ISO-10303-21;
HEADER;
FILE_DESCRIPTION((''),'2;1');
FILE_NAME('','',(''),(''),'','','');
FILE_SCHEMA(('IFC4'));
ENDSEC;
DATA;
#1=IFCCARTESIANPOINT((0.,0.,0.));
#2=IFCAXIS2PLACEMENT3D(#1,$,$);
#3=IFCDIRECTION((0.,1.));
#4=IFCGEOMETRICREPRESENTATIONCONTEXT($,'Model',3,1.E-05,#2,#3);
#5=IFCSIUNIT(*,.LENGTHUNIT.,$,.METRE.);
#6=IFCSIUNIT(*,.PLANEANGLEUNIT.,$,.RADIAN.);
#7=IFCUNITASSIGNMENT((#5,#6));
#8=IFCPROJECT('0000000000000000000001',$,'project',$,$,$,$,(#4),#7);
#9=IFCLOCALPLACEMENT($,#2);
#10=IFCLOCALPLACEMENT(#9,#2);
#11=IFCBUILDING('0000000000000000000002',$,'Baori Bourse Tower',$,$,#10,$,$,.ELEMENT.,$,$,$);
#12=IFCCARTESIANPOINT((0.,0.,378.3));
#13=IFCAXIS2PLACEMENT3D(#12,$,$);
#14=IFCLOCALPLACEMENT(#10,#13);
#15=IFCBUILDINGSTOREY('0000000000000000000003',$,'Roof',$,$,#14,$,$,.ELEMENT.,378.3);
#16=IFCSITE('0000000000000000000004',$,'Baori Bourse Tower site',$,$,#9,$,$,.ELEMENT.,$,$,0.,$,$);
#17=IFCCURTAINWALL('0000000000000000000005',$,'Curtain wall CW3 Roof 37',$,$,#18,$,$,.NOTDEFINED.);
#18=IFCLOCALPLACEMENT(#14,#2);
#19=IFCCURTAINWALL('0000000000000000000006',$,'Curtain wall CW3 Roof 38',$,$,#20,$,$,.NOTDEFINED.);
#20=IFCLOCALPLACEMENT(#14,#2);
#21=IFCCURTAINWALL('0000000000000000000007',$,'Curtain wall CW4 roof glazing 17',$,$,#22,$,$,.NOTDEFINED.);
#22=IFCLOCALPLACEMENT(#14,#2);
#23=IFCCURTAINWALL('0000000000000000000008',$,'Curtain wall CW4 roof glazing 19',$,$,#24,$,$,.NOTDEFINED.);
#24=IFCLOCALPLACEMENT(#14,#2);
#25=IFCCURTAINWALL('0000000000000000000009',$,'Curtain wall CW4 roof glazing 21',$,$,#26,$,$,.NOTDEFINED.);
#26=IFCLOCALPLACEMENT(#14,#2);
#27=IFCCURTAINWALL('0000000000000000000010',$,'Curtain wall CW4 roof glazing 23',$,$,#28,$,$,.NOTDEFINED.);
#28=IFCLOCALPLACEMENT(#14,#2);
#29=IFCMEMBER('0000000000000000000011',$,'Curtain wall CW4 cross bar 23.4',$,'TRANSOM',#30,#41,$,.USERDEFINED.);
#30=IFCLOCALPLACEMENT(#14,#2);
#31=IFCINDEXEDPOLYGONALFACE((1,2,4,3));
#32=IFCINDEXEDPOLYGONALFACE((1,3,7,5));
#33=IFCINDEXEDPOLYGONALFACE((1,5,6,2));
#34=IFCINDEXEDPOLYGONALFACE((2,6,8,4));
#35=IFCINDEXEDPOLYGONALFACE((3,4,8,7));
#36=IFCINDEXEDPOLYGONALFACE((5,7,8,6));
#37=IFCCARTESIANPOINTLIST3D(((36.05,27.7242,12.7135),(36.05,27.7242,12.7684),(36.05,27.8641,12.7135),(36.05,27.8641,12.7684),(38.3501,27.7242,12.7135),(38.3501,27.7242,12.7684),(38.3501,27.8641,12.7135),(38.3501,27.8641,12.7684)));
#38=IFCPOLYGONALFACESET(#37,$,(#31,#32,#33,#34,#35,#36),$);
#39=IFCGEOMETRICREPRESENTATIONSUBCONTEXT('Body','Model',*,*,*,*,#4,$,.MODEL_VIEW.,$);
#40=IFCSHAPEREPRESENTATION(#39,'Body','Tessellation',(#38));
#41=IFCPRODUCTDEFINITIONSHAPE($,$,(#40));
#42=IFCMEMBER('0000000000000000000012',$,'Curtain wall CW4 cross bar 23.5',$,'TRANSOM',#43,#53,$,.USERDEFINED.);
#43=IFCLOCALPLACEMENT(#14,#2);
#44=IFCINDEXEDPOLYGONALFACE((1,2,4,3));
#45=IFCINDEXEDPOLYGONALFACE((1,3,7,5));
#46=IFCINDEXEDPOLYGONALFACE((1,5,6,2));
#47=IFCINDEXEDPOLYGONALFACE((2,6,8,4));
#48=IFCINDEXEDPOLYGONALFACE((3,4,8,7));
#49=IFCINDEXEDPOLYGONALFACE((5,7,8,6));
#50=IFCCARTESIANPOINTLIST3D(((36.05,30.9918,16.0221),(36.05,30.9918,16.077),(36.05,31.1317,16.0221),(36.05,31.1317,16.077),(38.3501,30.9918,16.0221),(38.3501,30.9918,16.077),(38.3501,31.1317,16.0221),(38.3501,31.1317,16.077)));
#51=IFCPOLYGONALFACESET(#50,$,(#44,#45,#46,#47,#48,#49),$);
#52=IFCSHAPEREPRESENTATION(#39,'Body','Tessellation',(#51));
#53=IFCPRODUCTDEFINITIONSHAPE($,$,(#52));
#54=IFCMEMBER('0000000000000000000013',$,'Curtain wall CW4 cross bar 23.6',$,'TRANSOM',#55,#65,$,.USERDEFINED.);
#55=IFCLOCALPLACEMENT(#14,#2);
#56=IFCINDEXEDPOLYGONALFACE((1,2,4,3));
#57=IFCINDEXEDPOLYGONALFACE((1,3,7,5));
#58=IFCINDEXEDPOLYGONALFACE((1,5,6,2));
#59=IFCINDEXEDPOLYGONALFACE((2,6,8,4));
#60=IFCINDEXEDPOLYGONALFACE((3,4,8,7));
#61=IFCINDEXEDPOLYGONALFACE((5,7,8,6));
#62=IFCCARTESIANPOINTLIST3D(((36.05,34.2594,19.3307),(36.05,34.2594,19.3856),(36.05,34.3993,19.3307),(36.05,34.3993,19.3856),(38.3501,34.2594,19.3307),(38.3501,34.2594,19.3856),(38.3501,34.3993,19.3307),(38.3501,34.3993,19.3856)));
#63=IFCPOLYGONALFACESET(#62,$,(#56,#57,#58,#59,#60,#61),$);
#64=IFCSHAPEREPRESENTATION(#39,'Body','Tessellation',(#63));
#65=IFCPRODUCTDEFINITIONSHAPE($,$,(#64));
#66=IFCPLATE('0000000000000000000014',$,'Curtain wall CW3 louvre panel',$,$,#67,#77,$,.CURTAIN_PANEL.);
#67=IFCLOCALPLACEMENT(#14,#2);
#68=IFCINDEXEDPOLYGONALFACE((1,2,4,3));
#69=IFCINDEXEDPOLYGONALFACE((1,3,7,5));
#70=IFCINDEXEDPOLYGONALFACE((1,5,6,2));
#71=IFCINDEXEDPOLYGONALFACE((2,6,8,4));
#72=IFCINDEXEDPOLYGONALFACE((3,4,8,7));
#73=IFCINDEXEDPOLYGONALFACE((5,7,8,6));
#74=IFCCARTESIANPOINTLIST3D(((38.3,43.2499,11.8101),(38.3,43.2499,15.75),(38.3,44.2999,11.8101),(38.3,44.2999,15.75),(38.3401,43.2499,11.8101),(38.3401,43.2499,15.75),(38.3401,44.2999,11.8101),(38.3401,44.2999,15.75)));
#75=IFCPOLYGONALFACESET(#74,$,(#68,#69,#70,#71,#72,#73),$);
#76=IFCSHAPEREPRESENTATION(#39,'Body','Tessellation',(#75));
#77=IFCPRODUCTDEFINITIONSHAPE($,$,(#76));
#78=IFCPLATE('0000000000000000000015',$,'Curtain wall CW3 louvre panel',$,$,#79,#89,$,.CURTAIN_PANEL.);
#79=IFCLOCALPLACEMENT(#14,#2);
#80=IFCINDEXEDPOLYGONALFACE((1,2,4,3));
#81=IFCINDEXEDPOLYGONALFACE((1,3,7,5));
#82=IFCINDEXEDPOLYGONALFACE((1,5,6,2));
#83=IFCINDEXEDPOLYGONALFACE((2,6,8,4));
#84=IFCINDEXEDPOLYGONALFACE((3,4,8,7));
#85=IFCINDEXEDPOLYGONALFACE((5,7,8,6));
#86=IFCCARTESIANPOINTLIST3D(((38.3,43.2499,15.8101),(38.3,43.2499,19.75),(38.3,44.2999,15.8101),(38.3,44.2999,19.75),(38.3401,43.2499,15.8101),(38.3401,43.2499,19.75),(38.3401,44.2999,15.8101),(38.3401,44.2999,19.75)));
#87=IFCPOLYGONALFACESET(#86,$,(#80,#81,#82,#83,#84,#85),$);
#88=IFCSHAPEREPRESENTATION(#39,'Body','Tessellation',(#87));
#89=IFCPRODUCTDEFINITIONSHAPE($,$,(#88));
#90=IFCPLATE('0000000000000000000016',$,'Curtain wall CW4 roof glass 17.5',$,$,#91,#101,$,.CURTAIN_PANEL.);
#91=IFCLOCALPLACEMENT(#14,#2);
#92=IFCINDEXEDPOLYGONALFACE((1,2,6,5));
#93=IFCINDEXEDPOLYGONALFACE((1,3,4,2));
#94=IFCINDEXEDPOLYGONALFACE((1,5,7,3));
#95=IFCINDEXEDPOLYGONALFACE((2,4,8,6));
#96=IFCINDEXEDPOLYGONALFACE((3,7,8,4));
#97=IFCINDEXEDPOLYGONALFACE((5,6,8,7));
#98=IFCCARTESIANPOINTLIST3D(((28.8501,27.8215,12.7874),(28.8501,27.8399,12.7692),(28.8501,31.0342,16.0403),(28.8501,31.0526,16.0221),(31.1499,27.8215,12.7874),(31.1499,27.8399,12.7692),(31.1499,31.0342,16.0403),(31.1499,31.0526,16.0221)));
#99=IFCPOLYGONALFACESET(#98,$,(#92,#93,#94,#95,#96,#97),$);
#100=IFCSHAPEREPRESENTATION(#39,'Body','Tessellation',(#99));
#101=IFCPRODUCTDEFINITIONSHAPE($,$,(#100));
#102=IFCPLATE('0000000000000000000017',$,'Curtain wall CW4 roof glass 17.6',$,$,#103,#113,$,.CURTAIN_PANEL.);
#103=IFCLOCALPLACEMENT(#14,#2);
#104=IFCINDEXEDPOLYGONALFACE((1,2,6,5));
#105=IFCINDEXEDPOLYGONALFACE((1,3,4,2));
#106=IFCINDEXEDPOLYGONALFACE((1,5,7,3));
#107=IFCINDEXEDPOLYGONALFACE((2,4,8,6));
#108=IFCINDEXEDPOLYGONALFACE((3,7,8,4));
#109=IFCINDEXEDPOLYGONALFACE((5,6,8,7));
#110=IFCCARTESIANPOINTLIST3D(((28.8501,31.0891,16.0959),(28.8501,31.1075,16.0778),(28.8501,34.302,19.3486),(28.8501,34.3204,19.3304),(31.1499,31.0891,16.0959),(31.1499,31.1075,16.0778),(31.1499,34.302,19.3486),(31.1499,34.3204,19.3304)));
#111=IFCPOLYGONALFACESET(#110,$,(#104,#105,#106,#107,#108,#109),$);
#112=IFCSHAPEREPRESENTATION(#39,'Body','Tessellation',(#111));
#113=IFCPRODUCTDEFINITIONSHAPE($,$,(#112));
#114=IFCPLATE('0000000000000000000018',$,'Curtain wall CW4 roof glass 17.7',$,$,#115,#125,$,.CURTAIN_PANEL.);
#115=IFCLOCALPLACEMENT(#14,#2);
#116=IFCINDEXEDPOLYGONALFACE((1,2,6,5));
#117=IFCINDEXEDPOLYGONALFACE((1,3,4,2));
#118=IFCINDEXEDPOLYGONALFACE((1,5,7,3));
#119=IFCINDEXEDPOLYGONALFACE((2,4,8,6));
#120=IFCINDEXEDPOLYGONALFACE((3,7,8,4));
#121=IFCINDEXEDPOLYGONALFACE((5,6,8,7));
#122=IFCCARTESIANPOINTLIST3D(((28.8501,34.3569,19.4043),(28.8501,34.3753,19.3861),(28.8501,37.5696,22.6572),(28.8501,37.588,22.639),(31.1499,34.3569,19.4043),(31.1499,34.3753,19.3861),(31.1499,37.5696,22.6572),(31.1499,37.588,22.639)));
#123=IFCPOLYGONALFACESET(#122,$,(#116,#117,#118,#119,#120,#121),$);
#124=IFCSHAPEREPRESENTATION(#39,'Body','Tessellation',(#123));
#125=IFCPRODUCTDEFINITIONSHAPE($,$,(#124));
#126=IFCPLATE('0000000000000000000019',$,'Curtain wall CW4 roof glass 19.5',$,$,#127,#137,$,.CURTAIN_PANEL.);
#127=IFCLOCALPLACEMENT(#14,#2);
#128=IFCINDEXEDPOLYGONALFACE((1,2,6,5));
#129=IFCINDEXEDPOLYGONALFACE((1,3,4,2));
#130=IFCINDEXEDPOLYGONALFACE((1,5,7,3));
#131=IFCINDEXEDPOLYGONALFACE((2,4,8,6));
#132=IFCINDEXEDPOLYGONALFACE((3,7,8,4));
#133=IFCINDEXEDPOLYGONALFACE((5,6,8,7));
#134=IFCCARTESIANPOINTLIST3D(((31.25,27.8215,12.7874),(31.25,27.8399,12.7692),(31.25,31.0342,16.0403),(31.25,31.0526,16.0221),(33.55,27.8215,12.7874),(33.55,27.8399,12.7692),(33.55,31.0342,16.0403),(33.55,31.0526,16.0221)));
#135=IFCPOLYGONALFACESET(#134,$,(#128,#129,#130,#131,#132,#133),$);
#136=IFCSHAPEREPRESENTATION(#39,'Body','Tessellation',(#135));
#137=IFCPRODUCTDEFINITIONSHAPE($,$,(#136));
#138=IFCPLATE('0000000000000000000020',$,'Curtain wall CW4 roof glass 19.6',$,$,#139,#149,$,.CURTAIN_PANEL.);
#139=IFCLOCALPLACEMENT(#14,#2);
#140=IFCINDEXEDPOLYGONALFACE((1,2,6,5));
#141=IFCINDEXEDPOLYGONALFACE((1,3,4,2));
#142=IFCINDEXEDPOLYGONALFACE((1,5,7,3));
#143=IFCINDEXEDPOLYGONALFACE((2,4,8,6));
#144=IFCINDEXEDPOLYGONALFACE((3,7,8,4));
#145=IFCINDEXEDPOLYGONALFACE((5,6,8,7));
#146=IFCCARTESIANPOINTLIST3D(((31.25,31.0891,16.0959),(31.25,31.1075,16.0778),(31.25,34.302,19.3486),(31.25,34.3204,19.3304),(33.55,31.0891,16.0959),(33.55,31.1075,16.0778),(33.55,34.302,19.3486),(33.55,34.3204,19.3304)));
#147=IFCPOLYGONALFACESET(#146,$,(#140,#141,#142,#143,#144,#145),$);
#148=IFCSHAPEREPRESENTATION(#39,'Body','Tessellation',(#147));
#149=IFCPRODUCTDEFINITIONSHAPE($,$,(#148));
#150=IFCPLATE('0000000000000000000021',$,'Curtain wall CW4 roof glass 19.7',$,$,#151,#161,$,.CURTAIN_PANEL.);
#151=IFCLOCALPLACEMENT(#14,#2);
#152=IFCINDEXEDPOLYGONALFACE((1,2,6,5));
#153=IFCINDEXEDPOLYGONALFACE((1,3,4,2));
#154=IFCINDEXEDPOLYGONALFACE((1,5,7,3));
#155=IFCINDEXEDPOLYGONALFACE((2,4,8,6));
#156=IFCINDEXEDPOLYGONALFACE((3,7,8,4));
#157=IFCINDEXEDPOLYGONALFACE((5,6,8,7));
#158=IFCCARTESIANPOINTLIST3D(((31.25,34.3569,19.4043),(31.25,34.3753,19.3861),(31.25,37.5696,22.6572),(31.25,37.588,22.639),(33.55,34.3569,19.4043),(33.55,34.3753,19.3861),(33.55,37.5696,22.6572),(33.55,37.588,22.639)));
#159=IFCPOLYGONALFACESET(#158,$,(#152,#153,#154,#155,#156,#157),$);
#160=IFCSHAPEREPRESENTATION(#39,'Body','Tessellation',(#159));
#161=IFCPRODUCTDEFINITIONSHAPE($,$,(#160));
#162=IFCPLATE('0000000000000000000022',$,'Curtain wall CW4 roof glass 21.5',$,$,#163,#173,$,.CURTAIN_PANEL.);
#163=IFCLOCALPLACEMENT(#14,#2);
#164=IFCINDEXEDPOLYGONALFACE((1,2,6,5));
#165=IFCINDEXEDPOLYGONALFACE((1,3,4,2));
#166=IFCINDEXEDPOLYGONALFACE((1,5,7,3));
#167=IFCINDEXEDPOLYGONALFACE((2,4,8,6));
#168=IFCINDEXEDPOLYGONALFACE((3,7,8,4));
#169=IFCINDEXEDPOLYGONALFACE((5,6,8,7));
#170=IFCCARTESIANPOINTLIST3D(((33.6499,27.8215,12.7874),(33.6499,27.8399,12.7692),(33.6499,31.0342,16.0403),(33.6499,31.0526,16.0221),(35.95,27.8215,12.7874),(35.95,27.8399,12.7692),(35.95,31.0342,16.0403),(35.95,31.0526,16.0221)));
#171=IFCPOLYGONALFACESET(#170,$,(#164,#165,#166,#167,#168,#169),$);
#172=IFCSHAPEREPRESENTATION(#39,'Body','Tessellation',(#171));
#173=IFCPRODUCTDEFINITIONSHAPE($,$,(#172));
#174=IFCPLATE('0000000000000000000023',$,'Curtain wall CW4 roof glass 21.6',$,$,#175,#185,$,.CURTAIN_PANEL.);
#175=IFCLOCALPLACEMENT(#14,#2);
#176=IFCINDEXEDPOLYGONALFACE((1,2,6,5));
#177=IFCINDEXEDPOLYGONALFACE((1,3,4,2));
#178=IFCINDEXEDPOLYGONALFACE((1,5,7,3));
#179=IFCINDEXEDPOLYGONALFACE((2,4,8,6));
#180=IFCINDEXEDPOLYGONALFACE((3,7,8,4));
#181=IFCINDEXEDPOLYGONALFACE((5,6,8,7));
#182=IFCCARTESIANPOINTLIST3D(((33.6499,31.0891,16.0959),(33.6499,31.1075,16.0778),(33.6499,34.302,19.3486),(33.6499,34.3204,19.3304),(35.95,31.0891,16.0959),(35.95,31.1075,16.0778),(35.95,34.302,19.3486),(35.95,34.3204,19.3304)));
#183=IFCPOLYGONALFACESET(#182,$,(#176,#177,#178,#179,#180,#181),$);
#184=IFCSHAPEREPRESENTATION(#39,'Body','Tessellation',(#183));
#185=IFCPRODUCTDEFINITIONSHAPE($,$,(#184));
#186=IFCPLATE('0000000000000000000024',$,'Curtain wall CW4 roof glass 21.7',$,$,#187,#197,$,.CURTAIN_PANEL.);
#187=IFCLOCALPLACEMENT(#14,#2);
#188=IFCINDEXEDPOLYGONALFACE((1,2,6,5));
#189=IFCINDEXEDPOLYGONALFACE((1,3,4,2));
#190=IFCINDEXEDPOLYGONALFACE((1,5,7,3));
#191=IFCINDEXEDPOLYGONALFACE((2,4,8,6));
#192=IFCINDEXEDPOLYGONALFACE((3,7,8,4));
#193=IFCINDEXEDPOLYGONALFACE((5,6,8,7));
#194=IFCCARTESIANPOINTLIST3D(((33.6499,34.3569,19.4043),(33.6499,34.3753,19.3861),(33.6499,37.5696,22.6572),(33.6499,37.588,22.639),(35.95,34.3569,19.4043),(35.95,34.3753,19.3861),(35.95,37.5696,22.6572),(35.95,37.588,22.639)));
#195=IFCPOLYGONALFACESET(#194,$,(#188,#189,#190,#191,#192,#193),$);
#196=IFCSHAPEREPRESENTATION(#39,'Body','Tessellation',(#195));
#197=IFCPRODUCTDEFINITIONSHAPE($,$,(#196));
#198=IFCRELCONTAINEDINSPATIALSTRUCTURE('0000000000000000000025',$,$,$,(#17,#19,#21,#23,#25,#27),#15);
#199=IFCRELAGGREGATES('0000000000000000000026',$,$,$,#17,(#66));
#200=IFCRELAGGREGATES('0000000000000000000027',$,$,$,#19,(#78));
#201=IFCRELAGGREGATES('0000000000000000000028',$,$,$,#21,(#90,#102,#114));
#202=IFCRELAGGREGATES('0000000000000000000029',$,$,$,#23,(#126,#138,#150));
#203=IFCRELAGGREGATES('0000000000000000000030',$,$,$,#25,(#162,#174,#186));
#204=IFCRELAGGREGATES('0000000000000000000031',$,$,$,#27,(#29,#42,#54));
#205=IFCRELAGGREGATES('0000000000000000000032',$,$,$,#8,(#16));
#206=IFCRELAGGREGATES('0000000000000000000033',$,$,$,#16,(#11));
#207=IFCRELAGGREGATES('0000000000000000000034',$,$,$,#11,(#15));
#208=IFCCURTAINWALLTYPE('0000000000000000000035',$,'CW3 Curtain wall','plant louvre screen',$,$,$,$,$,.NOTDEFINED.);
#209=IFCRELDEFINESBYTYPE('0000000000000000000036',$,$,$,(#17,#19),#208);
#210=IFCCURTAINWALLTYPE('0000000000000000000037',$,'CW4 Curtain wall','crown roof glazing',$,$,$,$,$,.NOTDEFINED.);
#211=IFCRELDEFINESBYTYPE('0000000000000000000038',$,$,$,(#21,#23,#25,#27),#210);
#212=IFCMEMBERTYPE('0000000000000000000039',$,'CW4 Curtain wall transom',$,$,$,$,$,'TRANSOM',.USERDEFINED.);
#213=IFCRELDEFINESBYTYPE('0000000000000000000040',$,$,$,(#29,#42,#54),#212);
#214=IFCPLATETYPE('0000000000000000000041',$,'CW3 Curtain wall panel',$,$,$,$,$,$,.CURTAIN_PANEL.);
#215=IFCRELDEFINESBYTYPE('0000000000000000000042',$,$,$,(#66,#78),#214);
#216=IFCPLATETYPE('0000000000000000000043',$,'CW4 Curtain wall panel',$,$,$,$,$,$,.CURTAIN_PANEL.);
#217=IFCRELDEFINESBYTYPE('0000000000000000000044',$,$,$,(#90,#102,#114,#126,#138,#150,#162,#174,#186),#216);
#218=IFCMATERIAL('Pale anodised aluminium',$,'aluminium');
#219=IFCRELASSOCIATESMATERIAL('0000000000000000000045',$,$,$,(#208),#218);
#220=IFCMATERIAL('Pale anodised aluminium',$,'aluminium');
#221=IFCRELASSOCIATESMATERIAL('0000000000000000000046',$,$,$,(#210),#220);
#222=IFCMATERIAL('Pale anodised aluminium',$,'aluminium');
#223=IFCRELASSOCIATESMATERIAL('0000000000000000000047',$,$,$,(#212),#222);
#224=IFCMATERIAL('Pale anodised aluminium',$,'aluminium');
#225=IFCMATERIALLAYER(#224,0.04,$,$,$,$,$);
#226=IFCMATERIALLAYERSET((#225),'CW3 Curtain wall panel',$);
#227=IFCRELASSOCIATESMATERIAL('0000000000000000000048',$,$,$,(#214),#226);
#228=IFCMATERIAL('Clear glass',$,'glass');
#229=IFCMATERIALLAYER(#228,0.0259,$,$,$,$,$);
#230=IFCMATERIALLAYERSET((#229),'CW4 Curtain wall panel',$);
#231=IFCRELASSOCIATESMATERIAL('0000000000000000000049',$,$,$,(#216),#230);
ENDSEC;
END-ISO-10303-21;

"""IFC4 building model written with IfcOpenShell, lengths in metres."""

from ifc_helpers import new_model, si_unit, direction, frame, origin, origin_2d, place, context, subcontext, project, spatial, polyline, rectangle, outline, extrude, material, layer, layer_set, material_profile, profile_set, type_object, element, aggregate, save


model = new_model("IFC4")

# Units and contexts
model_context = context("Model", 3, precision=1e-05, world=origin(), true_north=direction((0.0, 1.0)))
body_context = subcontext(model_context, "Body", "Model", "MODEL_VIEW")
ifc_project = project(units=[si_unit("LENGTHUNIT", "METRE"), si_unit("PLANEANGLEUNIT", "RADIAN")], contexts=[model_context])

# Site, building, storey
site_placement = place(None, origin())
site = spatial("IfcSite", under=ifc_project, at=site_placement, Name="Baori Bourse Tower site", CompositionType="ELEMENT", RefElevation=0.0)
building_placement = place(site_placement, origin())
building = spatial("IfcBuilding", under=site, at=building_placement, Name="Baori Bourse Tower", CompositionType="ELEMENT")
storey_placement = place(building_placement, frame((0.0, 0.0, 378.3)))
storey = spatial("IfcBuildingStorey", under=building, at=storey_placement, Name="Roof", CompositionType="ELEMENT", Elevation=378.3)

# Curtain walls
ifc_material_1 = material(Name="Pale anodised aluminium", Category="aluminium")
curtain_wall_type_1 = type_object("IfcCurtainWallType", Name="CW3 Curtain wall", Description="plant louvre screen", PredefinedType="NOTDEFINED", material=ifc_material_1)
curtain_wall_1_placement = place(storey_placement, origin())
curtain_wall_1 = element("IfcCurtainWall", 1, at=curtain_wall_1_placement, inside=storey, type_object=curtain_wall_type_1, Name="Curtain wall CW3 Roof 37", PredefinedType="NOTDEFINED")
curtain_wall_2_placement = place(storey_placement, origin())
curtain_wall_2 = element("IfcCurtainWall", 2, at=curtain_wall_2_placement, inside=storey, type_object=curtain_wall_type_1, Name="Curtain wall CW3 Roof 38", PredefinedType="NOTDEFINED")

# Curtain walls, members
ifc_material_2 = material(Name="Pale anodised aluminium", Category="aluminium")
curtain_wall_type_2 = type_object("IfcCurtainWallType", Name="CW4 Curtain wall", Description="crown roof glazing", PredefinedType="NOTDEFINED", material=ifc_material_2)
curtain_wall_3_placement = place(storey_placement, origin())
curtain_wall_3 = element("IfcCurtainWall", 3, at=curtain_wall_3_placement, inside=storey, type_object=curtain_wall_type_2, Name="Curtain wall CW4 roof glazing 17", PredefinedType="NOTDEFINED")
ifc_material_3 = material(Name="Pale anodised aluminium", Category="aluminium")
ifc_material_profile_1 = material_profile(ifc_material_3, rectangle(XDim=0.1399, YDim=0.0549, at=origin_2d()), Name="Transom 55x140")
ifc_profile_set_1 = profile_set([ifc_material_profile_1], Name="Pale anodised aluminium")
member_type_1 = type_object("IfcMemberType", Name="CW4 Curtain wall transom", ElementType="TRANSOM", PredefinedType="USERDEFINED", material=ifc_profile_set_1)
curtain_wall_4_placement = place(storey_placement, origin())
curtain_wall_4 = element("IfcCurtainWall", 4, at=curtain_wall_4_placement, inside=storey, type_object=curtain_wall_type_2, Name="Curtain wall CW4 roof glazing 19", PredefinedType="NOTDEFINED")
curtain_wall_5_placement = place(storey_placement, origin())
curtain_wall_5 = element("IfcCurtainWall", 5, at=curtain_wall_5_placement, inside=storey, type_object=curtain_wall_type_2, Name="Curtain wall CW4 roof glazing 21", PredefinedType="NOTDEFINED")
curtain_wall_6_placement = place(storey_placement, origin())
curtain_wall_6 = element("IfcCurtainWall", 6, at=curtain_wall_6_placement, inside=storey, type_object=curtain_wall_type_2, Name="Curtain wall CW4 roof glazing 23", PredefinedType="NOTDEFINED")
member_1_placement = place(storey_placement, frame((36.05, 27.7942, 12.741), z_axis=(1.0, 0.0, 0.0), x_axis=(0.0, 1.0, 0.0)))
member_1 = element("IfcMember", 7, at=member_1_placement, type_object=member_type_1, Name="Curtain wall CW4 cross bar 23.4", ObjectType="TRANSOM", PredefinedType="USERDEFINED", context=body_context, shape_type="SweptSolid", body=[
    extrude(rectangle(XDim=0.1399, YDim=0.0549, at=origin_2d()), origin(), (0.0, 0.0, 1.0), 2.3),
])
member_2_placement = place(storey_placement, frame((36.05, 31.0618, 16.0496), z_axis=(1.0, 0.0, 0.0), x_axis=(0.0, 1.0, 0.0)))
member_2 = element("IfcMember", 8, at=member_2_placement, type_object=member_type_1, Name="Curtain wall CW4 cross bar 23.5", ObjectType="TRANSOM", PredefinedType="USERDEFINED", context=body_context, shape_type="SweptSolid", body=[
    extrude(rectangle(XDim=0.1399, YDim=0.0549, at=origin_2d()), origin(), (0.0, 0.0, 1.0), 2.3),
])
member_3_placement = place(storey_placement, frame((36.05, 34.3293, 19.3582), z_axis=(1.0, 0.0, 0.0), x_axis=(0.0, 1.0, 0.0)))
member_3 = element("IfcMember", 9, at=member_3_placement, type_object=member_type_1, Name="Curtain wall CW4 cross bar 23.6", ObjectType="TRANSOM", PredefinedType="USERDEFINED", context=body_context, shape_type="SweptSolid", body=[
    extrude(rectangle(XDim=0.1399, YDim=0.0549, at=origin_2d()), origin(), (0.0, 0.0, 1.0), 2.3),
])

# Plates
ifc_material_4 = material(Name="Pale anodised aluminium", Category="aluminium")
ifc_layer_1 = layer(ifc_material_4, 0.04)
ifc_layer_set_1 = layer_set([ifc_layer_1], Name="CW3 Curtain wall panel")
plate_type_1 = type_object("IfcPlateType", Name="CW3 Curtain wall panel", PredefinedType="CURTAIN_PANEL", material=ifc_layer_set_1)
plate_1_placement = place(storey_placement, frame((38.3201, 43.7749, 11.8101), z_axis=(0.0, 0.0, 1.0), x_axis=(0.0, 1.0, 0.0)))
plate_1 = element("IfcPlate", 10, at=plate_1_placement, type_object=plate_type_1, Name="Curtain wall CW3 louvre panel", PredefinedType="CURTAIN_PANEL", context=body_context, shape_type="SweptSolid", body=[
    extrude(rectangle(XDim=1.05, YDim=0.04, at=origin_2d()), origin(), (0.0, 0.0, 1.0), 3.9399),
])
aggregate(curtain_wall_1, [plate_1])
plate_2_placement = place(storey_placement, frame((38.3201, 43.7749, 15.8101), z_axis=(0.0, 0.0, 1.0), x_axis=(0.0, 1.0, 0.0)))
plate_2 = element("IfcPlate", 11, at=plate_2_placement, type_object=plate_type_1, Name="Curtain wall CW3 louvre panel", PredefinedType="CURTAIN_PANEL", context=body_context, shape_type="SweptSolid", body=[
    extrude(rectangle(XDim=1.05, YDim=0.04, at=origin_2d()), origin(), (0.0, 0.0, 1.0), 3.9399),
])
aggregate(curtain_wall_2, [plate_2])
ifc_material_5 = material(Name="Clear glass", Category="glass")
ifc_layer_2 = layer(ifc_material_5, 0.0259)
ifc_layer_set_2 = layer_set([ifc_layer_2], Name="CW4 Curtain wall panel")
plate_type_2 = type_object("IfcPlateType", Name="CW4 Curtain wall panel", PredefinedType="CURTAIN_PANEL", material=ifc_layer_set_2)
plate_3_placement = place(storey_placement, frame((28.8501, 27.8215, 12.7874), z_axis=(0.0, -0.711499, 0.702688), x_axis=(1.0, 0.0, 0.0)))
plate_3 = element("IfcPlate", 12, at=plate_3_placement, type_object=plate_type_2, Name="Curtain wall CW4 roof glass 17.5", PredefinedType="CURTAIN_PANEL", context=body_context, shape_type="SweptSolid", body=[
    extrude(outline(polyline([(0.0, 0.0), (2.2998, 0.0), (2.2998, 4.5719), (0.0, 4.5719), (0.0, 0.0)])), origin(), (0.0, 0.0, -1.0), 0.0259),
])
plate_4_placement = place(storey_placement, frame((28.8501, 31.0891, 16.0959), z_axis=(0.0, -0.711445, 0.702741), x_axis=(1.0, 0.0, 0.0)))
plate_4 = element("IfcPlate", 13, at=plate_4_placement, type_object=plate_type_2, Name="Curtain wall CW4 roof glass 17.6", PredefinedType="CURTAIN_PANEL", context=body_context, shape_type="SweptSolid", body=[
    extrude(outline(polyline([(0.0, 0.0), (2.2998, 0.0), (2.2998, 4.5719), (0.0, 4.5719), (0.0, 0.0)])), origin(), (0.0, 0.0, -1.0), 0.0259),
])
plate_5_placement = place(storey_placement, frame((28.8501, 34.3569, 19.4043), z_axis=(0.0, -0.711499, 0.702688), x_axis=(1.0, 0.0, 0.0)))
plate_5 = element("IfcPlate", 14, at=plate_5_placement, type_object=plate_type_2, Name="Curtain wall CW4 roof glass 17.7", PredefinedType="CURTAIN_PANEL", context=body_context, shape_type="SweptSolid", body=[
    extrude(outline(polyline([(0.0, 0.0), (2.2998, 0.0), (2.2998, 4.5719), (0.0, 4.5719), (0.0, 0.0)])), origin(), (0.0, 0.0, -1.0), 0.0259),
])
aggregate(curtain_wall_3, [plate_3, plate_4, plate_5])
plate_6_placement = place(storey_placement, frame((31.25, 27.8215, 12.7874), z_axis=(0.0, -0.711499, 0.702688), x_axis=(1.0, 0.0, 0.0)))
plate_6 = element("IfcPlate", 15, at=plate_6_placement, type_object=plate_type_2, Name="Curtain wall CW4 roof glass 19.5", PredefinedType="CURTAIN_PANEL", context=body_context, shape_type="SweptSolid", body=[
    extrude(outline(polyline([(0.0, 0.0), (2.3, 0.0), (2.3, 4.5719), (0.0, 4.5719), (0.0, 0.0)])), origin(), (0.0, 0.0, -1.0), 0.0259),
])
plate_7_placement = place(storey_placement, frame((31.25, 31.0891, 16.0959), z_axis=(0.0, -0.711445, 0.702741), x_axis=(1.0, 0.0, 0.0)))
plate_7 = element("IfcPlate", 16, at=plate_7_placement, type_object=plate_type_2, Name="Curtain wall CW4 roof glass 19.6", PredefinedType="CURTAIN_PANEL", context=body_context, shape_type="SweptSolid", body=[
    extrude(outline(polyline([(0.0, 0.0), (2.3, 0.0), (2.3, 4.5719), (0.0, 4.5719), (0.0, 0.0)])), origin(), (0.0, 0.0, -1.0), 0.0259),
])
plate_8_placement = place(storey_placement, frame((31.25, 34.3569, 19.4043), z_axis=(0.0, -0.711499, 0.702688), x_axis=(1.0, 0.0, 0.0)))
plate_8 = element("IfcPlate", 17, at=plate_8_placement, type_object=plate_type_2, Name="Curtain wall CW4 roof glass 19.7", PredefinedType="CURTAIN_PANEL", context=body_context, shape_type="SweptSolid", body=[
    extrude(outline(polyline([(0.0, 0.0), (2.3, 0.0), (2.3, 4.5719), (0.0, 4.5719), (0.0, 0.0)])), origin(), (0.0, 0.0, -1.0), 0.0259),
])
aggregate(curtain_wall_4, [plate_6, plate_7, plate_8])
plate_9_placement = place(storey_placement, frame((33.6499, 27.8215, 12.7874), z_axis=(0.0, -0.711499, 0.702688), x_axis=(1.0, 0.0, 0.0)))
plate_9 = element("IfcPlate", 18, at=plate_9_placement, type_object=plate_type_2, Name="Curtain wall CW4 roof glass 21.5", PredefinedType="CURTAIN_PANEL", context=body_context, shape_type="SweptSolid", body=[
    extrude(outline(polyline([(0.0, 0.0), (2.3, 0.0), (2.3, 4.5719), (0.0, 4.5719), (0.0, 0.0)])), origin(), (0.0, 0.0, -1.0), 0.0259),
])
plate_10_placement = place(storey_placement, frame((33.6499, 31.0891, 16.0959), z_axis=(0.0, -0.711445, 0.702741), x_axis=(1.0, 0.0, 0.0)))
plate_10 = element("IfcPlate", 19, at=plate_10_placement, type_object=plate_type_2, Name="Curtain wall CW4 roof glass 21.6", PredefinedType="CURTAIN_PANEL", context=body_context, shape_type="SweptSolid", body=[
    extrude(outline(polyline([(0.0, 0.0), (2.3, 0.0), (2.3, 4.5719), (0.0, 4.5719), (0.0, 0.0)])), origin(), (0.0, 0.0, -1.0), 0.0259),
])
plate_11_placement = place(storey_placement, frame((33.6499, 34.3569, 19.4043), z_axis=(0.0, -0.711499, 0.702688), x_axis=(1.0, 0.0, 0.0)))
plate_11 = element("IfcPlate", 20, at=plate_11_placement, type_object=plate_type_2, Name="Curtain wall CW4 roof glass 21.7", PredefinedType="CURTAIN_PANEL", context=body_context, shape_type="SweptSolid", body=[
    extrude(outline(polyline([(0.0, 0.0), (2.3, 0.0), (2.3, 4.5719), (0.0, 4.5719), (0.0, 0.0)])), origin(), (0.0, 0.0, -1.0), 0.0259),
])
aggregate(curtain_wall_5, [plate_9, plate_10, plate_11])
aggregate(curtain_wall_6, [member_1, member_2, member_3])

save(model, "model.ifc")
